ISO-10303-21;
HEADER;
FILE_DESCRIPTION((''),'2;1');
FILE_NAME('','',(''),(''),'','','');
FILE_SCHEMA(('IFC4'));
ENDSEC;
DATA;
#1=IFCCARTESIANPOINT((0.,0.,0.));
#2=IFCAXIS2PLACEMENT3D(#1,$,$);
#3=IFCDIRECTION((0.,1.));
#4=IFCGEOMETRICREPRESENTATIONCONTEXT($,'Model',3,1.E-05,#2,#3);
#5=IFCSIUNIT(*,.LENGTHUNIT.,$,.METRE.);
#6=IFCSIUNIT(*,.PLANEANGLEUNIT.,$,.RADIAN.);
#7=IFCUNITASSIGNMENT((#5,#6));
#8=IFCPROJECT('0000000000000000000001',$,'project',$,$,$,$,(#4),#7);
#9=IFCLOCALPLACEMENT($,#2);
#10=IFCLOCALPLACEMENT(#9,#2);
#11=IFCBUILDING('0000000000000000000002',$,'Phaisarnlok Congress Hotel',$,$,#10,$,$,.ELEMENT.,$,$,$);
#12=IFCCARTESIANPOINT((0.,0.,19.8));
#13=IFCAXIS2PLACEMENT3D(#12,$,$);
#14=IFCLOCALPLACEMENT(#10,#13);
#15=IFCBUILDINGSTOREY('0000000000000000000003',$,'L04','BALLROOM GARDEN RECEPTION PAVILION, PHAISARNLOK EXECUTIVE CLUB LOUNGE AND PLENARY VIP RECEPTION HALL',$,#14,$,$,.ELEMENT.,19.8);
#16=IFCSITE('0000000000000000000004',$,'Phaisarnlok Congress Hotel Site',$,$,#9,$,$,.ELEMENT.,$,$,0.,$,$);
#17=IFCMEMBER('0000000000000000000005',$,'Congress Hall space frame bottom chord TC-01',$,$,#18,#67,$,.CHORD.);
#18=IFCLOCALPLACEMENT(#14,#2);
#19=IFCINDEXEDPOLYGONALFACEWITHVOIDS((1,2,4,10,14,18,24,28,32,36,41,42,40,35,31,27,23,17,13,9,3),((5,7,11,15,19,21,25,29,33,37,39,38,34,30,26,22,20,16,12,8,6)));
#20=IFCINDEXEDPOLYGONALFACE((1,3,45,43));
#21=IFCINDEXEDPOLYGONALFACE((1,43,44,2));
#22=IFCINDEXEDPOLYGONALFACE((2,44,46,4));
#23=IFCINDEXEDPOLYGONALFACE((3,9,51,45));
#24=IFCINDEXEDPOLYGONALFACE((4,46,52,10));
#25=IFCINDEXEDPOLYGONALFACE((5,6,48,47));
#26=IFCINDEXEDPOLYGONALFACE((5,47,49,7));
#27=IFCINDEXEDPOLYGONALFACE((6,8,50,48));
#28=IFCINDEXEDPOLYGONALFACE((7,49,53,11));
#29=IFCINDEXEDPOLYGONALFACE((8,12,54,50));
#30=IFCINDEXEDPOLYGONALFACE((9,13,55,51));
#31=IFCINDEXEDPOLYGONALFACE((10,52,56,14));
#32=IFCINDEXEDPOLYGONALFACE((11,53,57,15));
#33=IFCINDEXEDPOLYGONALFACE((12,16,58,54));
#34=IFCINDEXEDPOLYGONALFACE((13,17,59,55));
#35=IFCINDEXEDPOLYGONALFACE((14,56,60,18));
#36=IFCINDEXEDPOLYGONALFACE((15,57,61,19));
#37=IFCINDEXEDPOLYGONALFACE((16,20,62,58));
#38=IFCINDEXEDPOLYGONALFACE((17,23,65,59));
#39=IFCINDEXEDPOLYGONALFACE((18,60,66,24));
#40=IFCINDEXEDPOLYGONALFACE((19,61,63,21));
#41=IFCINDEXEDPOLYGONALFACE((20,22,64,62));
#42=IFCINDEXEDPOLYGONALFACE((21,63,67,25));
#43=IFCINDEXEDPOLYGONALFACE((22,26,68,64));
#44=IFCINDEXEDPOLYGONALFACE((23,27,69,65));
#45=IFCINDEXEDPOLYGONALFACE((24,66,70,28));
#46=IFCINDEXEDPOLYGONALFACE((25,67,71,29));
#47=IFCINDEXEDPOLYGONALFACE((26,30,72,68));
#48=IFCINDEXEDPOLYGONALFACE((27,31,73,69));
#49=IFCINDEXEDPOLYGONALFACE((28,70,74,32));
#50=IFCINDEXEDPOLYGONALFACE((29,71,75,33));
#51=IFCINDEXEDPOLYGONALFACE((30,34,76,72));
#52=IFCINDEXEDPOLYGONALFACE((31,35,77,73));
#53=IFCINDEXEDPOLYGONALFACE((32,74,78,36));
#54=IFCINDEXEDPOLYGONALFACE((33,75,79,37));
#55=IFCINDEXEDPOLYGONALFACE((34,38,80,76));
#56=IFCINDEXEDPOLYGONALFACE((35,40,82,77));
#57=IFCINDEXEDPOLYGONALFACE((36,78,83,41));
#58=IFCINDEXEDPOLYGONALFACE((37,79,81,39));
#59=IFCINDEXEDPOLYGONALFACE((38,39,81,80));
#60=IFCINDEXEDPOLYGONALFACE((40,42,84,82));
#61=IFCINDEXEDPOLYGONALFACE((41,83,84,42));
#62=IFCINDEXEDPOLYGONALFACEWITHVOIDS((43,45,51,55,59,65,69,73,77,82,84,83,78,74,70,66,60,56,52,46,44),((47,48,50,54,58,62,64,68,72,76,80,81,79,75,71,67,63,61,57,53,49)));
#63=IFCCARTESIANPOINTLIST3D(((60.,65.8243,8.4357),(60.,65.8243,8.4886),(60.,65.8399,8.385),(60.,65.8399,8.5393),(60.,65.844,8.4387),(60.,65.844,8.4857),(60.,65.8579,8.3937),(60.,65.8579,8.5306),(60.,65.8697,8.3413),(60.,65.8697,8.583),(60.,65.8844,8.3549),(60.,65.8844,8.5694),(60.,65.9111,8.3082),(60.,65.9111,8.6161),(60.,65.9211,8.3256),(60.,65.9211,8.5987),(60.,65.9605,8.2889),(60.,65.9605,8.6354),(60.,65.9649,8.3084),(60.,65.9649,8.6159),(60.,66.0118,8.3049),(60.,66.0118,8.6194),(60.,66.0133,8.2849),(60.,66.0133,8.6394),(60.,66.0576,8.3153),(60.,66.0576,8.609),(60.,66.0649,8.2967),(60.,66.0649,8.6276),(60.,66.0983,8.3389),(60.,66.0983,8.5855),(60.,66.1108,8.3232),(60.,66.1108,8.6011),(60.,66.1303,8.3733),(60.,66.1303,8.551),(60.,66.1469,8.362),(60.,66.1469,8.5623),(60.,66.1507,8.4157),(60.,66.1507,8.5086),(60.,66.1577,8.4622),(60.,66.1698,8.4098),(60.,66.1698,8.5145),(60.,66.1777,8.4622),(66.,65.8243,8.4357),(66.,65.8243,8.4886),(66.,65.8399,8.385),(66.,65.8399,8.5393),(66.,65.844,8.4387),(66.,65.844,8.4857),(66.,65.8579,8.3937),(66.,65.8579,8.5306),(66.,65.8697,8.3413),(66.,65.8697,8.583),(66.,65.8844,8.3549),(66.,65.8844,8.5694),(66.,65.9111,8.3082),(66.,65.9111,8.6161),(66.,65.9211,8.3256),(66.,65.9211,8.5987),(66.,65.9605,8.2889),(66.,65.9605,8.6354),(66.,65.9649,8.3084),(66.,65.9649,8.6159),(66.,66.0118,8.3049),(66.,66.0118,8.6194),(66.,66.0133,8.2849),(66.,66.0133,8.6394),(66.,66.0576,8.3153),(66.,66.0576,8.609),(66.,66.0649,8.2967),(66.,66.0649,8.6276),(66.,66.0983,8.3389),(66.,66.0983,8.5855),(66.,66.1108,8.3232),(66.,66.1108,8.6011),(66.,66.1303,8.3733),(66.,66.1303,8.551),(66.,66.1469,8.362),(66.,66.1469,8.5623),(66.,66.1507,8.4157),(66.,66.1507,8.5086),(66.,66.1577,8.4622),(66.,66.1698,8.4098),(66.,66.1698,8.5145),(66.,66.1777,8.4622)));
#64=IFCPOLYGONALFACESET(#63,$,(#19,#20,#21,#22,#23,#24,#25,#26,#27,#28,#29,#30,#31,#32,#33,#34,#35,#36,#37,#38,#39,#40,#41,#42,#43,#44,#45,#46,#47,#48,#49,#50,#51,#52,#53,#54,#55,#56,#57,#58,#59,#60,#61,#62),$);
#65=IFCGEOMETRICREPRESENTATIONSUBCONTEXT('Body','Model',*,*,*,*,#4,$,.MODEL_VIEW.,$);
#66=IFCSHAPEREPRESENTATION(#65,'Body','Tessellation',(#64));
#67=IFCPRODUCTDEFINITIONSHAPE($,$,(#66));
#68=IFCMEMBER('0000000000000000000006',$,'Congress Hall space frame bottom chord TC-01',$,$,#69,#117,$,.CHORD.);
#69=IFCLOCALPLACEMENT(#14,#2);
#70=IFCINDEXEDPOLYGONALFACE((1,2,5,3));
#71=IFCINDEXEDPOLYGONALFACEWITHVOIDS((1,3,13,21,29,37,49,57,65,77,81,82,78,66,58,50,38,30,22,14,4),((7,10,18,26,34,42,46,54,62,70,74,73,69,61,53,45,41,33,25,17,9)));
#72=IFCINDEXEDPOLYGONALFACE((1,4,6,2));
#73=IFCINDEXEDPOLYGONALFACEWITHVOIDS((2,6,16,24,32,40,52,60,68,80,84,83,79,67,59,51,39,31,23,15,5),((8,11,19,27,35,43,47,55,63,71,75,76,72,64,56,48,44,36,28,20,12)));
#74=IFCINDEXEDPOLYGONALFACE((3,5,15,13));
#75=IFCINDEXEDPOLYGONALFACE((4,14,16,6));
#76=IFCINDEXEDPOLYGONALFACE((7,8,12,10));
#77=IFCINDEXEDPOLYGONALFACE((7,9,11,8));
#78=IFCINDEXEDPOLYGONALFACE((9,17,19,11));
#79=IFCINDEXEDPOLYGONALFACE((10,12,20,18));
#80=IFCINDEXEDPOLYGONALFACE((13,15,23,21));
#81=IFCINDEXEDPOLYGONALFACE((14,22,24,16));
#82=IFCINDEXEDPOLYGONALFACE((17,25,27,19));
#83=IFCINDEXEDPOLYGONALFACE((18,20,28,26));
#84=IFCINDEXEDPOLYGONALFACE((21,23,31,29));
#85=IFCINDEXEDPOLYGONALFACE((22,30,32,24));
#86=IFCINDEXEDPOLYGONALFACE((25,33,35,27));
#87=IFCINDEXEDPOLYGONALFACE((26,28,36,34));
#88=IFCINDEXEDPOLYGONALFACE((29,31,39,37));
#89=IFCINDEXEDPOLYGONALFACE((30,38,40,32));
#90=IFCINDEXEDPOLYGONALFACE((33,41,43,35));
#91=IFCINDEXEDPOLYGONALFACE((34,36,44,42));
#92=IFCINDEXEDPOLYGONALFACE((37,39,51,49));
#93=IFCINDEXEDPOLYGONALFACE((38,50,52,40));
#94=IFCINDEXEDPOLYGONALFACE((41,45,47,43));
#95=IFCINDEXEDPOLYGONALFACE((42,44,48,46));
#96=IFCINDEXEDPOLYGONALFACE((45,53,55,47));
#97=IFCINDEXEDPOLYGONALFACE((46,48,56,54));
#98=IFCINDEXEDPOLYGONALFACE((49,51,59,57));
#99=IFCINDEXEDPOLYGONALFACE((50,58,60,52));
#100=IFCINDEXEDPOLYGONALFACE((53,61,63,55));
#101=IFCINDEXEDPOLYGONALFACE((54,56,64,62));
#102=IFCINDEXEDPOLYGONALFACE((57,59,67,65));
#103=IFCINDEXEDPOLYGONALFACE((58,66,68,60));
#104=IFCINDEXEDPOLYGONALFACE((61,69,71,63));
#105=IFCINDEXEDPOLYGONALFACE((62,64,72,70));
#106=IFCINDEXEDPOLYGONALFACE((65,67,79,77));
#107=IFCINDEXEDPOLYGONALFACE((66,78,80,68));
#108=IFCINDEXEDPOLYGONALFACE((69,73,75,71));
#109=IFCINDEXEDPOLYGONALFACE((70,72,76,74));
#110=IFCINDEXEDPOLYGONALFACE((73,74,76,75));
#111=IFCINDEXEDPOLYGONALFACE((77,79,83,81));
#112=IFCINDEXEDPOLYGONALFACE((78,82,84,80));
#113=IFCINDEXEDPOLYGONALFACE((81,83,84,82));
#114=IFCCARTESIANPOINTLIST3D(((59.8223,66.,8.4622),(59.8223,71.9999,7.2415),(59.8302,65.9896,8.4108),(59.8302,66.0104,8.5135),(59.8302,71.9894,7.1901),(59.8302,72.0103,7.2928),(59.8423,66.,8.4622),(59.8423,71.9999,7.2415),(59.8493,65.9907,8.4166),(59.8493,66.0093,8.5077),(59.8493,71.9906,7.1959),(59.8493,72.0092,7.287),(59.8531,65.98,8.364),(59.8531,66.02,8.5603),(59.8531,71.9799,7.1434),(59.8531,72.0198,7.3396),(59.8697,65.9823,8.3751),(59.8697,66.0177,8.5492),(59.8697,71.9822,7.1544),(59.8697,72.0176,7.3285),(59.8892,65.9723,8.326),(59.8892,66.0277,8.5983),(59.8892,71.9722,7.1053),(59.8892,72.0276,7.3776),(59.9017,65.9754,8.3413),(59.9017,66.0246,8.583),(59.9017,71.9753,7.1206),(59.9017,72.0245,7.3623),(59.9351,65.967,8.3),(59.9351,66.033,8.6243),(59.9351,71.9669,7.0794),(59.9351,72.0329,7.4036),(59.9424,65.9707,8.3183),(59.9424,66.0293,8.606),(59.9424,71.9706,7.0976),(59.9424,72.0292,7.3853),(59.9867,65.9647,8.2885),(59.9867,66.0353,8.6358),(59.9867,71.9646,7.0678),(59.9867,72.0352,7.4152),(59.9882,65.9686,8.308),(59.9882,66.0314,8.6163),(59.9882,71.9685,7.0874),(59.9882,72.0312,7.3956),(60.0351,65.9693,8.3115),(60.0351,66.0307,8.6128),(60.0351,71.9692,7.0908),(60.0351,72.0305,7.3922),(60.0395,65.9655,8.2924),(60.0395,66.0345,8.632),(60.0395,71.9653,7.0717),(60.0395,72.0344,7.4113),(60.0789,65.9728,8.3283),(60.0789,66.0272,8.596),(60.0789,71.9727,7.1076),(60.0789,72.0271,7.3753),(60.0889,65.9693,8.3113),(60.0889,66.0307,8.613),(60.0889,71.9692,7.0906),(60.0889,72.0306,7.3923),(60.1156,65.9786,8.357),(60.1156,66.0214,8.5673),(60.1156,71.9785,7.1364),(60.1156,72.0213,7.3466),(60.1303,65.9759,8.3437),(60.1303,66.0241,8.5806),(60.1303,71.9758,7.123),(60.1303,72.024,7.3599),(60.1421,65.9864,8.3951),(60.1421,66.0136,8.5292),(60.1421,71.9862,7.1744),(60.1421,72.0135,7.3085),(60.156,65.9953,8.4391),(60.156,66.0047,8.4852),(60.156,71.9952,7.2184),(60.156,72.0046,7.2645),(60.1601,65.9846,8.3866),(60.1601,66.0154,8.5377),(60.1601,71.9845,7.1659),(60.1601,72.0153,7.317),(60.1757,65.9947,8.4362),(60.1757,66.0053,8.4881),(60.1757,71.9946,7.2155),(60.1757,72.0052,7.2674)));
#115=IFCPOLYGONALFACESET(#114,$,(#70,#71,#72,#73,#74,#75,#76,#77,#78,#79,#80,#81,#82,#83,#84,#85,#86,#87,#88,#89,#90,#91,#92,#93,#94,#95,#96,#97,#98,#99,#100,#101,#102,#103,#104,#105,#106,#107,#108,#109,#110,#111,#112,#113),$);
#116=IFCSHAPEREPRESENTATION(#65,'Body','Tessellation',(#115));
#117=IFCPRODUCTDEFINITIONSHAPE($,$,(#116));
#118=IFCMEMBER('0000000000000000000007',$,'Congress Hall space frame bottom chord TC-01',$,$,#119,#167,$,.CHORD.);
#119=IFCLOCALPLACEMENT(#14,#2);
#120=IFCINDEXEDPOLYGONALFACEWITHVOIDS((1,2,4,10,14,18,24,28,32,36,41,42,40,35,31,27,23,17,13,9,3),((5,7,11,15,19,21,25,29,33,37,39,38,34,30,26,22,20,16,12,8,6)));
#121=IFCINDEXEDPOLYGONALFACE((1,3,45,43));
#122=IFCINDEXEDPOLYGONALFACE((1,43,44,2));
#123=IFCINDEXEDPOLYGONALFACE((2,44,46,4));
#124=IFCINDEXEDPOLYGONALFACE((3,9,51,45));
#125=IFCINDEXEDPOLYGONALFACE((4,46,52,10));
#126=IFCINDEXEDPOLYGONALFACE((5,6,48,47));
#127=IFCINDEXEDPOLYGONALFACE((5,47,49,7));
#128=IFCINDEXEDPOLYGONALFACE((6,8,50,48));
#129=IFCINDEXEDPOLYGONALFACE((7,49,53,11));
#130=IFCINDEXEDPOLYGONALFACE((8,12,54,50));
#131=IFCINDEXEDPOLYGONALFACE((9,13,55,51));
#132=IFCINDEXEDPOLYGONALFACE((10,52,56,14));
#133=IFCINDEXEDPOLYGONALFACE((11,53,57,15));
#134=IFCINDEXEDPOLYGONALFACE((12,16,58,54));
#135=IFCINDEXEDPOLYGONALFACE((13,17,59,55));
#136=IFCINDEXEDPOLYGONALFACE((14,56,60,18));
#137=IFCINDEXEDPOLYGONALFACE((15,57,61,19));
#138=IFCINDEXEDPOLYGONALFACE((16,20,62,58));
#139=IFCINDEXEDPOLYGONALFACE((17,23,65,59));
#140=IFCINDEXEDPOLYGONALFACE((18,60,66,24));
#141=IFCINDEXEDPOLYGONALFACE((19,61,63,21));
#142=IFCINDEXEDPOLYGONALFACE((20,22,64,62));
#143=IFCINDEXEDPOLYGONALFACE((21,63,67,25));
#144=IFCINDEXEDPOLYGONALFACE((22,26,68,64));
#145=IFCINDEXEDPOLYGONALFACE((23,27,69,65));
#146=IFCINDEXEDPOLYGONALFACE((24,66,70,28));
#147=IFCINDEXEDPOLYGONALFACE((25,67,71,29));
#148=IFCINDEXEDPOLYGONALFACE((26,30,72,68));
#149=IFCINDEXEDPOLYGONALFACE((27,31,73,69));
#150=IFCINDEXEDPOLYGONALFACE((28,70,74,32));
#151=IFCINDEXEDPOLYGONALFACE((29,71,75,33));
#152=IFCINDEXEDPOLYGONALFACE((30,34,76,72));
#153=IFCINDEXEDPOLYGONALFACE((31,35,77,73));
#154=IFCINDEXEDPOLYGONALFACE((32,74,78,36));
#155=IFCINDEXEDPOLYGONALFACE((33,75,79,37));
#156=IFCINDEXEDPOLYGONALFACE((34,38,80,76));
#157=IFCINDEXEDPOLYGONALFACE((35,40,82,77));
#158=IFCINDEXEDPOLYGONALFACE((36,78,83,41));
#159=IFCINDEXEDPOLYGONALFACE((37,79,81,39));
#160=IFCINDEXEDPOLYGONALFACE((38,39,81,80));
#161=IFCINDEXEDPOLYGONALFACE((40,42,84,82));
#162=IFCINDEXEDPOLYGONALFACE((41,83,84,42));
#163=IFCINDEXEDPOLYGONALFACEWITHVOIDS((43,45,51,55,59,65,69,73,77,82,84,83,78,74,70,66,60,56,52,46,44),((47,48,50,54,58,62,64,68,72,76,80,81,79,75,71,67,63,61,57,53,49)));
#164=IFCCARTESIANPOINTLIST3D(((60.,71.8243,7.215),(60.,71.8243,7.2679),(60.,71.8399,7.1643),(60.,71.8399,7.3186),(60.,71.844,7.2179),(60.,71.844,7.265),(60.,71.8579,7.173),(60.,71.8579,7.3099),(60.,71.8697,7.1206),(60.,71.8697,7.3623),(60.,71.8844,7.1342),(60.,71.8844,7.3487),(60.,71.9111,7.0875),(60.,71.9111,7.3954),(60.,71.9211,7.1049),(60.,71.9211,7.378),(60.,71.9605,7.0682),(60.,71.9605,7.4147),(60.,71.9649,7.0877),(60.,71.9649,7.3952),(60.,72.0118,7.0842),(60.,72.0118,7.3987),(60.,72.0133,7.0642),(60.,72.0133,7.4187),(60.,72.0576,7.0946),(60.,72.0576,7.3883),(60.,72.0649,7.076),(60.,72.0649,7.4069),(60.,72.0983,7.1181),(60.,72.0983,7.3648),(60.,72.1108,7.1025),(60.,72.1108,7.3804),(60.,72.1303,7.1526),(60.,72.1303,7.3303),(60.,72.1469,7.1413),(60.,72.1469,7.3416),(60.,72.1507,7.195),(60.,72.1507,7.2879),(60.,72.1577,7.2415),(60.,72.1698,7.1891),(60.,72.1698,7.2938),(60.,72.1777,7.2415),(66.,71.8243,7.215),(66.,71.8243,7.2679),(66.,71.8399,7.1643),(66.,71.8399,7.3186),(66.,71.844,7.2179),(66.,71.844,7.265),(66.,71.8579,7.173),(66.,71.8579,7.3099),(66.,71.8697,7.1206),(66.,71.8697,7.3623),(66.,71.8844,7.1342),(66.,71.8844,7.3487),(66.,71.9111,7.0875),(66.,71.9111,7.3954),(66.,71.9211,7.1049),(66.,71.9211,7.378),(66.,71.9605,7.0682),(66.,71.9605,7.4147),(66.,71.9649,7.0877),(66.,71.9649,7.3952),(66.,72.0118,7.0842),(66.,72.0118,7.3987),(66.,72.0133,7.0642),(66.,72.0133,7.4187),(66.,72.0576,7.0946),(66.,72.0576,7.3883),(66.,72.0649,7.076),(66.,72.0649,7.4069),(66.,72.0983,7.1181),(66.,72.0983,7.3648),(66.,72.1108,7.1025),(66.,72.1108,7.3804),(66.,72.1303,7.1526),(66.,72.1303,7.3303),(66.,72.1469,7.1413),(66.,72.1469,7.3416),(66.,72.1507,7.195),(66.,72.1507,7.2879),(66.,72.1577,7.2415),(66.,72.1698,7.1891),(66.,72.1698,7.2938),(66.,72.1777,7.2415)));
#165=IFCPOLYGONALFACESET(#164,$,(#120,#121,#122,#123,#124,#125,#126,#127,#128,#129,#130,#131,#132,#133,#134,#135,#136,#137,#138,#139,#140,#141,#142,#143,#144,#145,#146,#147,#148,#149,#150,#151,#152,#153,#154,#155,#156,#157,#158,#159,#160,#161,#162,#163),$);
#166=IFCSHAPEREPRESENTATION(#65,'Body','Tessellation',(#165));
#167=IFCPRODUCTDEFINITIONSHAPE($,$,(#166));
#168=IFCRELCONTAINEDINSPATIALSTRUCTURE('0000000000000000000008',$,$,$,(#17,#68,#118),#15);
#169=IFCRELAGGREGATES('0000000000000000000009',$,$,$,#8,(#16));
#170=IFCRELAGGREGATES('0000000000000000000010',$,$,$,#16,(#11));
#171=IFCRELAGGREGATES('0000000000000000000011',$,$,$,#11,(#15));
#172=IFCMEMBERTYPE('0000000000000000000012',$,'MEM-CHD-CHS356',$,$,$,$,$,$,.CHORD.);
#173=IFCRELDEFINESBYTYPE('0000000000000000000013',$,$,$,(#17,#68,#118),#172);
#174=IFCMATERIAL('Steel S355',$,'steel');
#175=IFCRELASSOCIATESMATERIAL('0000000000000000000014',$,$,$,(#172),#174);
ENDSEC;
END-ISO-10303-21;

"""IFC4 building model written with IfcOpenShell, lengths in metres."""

from ifc_helpers import new_model, si_unit, direction, frame, origin, origin_2d, place, context, subcontext, project, spatial, hollow_circle, extrude, material, material_profile, profile_set, type_object, element, save


model = new_model("IFC4")

# Units and contexts
model_context = context("Model", 3, precision=1e-05, world=origin(), true_north=direction((0.0, 1.0)))
body_context = subcontext(model_context, "Body", "Model", "MODEL_VIEW")
ifc_project = project(units=[si_unit("LENGTHUNIT", "METRE"), si_unit("PLANEANGLEUNIT", "RADIAN")], contexts=[model_context])

# Site, building, storey
site_placement = place(None, origin())
site = spatial("IfcSite", under=ifc_project, at=site_placement, Name="Phaisarnlok Congress Hotel Site", CompositionType="ELEMENT", RefElevation=0.0)
building_placement = place(site_placement, origin())
building = spatial("IfcBuilding", under=site, at=building_placement, Name="Phaisarnlok Congress Hotel", CompositionType="ELEMENT")
storey_placement = place(building_placement, frame((0.0, 0.0, 19.8)))
storey = spatial("IfcBuildingStorey", under=building, at=storey_placement, Name="L04", Description="BALLROOM GARDEN RECEPTION PAVILION, PHAISARNLOK EXECUTIVE CLUB LOUNGE AND PLENARY VIP RECEPTION HALL", CompositionType="ELEMENT", Elevation=19.8)

# Shared definitions
ifc_material_1 = material(Name="Steel S355", Category="steel")

# Members
ifc_material_profile_1 = material_profile(ifc_material_1, hollow_circle(Radius=0.1777, WallThickness=0.02, at=origin_2d()), Name="CHS 355.6x20")
ifc_profile_set_1 = profile_set([ifc_material_profile_1], Name="Steel S355")
member_type_1 = type_object("IfcMemberType", Name="MEM-CHD-CHS356", PredefinedType="CHORD", material=ifc_profile_set_1)
member_1_placement = place(storey_placement, frame((60.0, 66.0, 8.4622), z_axis=(1.0, 0.0, 0.0), x_axis=(0.0, 1.0, 0.0)))
element("IfcMember", 1, at=member_1_placement, inside=storey, type_object=member_type_1, Name="Congress Hall space frame bottom chord TC-01", PredefinedType="CHORD", context=body_context, shape_type="SweptSolid", body=[
    extrude(hollow_circle(Radius=0.1777, WallThickness=0.02, at=origin_2d()), origin(), (0.0, 0.0, 1.0), 6.0),
])
member_2_placement = place(storey_placement, frame((60.0, 66.0, 8.4622), z_axis=(0.0, 0.979925, -0.199366), x_axis=(-1.0, 0.0, 0.0)))
element("IfcMember", 2, at=member_2_placement, inside=storey, type_object=member_type_1, Name="Congress Hall space frame bottom chord TC-01", PredefinedType="CHORD", context=body_context, shape_type="SweptSolid", body=[
    extrude(hollow_circle(Radius=0.1777, WallThickness=0.02, at=origin_2d()), origin(), (0.0, 0.0, 1.0), 6.1228),
])
member_3_placement = place(storey_placement, frame((60.0, 72.0, 7.2415), z_axis=(1.0, 0.0, 0.0), x_axis=(0.0, 1.0, 0.0)))
element("IfcMember", 3, at=member_3_placement, inside=storey, type_object=member_type_1, Name="Congress Hall space frame bottom chord TC-01", PredefinedType="CHORD", context=body_context, shape_type="SweptSolid", body=[
    extrude(hollow_circle(Radius=0.1777, WallThickness=0.02, at=origin_2d()), origin(), (0.0, 0.0, 1.0), 6.0),
])

save(model, "model.ifc")
